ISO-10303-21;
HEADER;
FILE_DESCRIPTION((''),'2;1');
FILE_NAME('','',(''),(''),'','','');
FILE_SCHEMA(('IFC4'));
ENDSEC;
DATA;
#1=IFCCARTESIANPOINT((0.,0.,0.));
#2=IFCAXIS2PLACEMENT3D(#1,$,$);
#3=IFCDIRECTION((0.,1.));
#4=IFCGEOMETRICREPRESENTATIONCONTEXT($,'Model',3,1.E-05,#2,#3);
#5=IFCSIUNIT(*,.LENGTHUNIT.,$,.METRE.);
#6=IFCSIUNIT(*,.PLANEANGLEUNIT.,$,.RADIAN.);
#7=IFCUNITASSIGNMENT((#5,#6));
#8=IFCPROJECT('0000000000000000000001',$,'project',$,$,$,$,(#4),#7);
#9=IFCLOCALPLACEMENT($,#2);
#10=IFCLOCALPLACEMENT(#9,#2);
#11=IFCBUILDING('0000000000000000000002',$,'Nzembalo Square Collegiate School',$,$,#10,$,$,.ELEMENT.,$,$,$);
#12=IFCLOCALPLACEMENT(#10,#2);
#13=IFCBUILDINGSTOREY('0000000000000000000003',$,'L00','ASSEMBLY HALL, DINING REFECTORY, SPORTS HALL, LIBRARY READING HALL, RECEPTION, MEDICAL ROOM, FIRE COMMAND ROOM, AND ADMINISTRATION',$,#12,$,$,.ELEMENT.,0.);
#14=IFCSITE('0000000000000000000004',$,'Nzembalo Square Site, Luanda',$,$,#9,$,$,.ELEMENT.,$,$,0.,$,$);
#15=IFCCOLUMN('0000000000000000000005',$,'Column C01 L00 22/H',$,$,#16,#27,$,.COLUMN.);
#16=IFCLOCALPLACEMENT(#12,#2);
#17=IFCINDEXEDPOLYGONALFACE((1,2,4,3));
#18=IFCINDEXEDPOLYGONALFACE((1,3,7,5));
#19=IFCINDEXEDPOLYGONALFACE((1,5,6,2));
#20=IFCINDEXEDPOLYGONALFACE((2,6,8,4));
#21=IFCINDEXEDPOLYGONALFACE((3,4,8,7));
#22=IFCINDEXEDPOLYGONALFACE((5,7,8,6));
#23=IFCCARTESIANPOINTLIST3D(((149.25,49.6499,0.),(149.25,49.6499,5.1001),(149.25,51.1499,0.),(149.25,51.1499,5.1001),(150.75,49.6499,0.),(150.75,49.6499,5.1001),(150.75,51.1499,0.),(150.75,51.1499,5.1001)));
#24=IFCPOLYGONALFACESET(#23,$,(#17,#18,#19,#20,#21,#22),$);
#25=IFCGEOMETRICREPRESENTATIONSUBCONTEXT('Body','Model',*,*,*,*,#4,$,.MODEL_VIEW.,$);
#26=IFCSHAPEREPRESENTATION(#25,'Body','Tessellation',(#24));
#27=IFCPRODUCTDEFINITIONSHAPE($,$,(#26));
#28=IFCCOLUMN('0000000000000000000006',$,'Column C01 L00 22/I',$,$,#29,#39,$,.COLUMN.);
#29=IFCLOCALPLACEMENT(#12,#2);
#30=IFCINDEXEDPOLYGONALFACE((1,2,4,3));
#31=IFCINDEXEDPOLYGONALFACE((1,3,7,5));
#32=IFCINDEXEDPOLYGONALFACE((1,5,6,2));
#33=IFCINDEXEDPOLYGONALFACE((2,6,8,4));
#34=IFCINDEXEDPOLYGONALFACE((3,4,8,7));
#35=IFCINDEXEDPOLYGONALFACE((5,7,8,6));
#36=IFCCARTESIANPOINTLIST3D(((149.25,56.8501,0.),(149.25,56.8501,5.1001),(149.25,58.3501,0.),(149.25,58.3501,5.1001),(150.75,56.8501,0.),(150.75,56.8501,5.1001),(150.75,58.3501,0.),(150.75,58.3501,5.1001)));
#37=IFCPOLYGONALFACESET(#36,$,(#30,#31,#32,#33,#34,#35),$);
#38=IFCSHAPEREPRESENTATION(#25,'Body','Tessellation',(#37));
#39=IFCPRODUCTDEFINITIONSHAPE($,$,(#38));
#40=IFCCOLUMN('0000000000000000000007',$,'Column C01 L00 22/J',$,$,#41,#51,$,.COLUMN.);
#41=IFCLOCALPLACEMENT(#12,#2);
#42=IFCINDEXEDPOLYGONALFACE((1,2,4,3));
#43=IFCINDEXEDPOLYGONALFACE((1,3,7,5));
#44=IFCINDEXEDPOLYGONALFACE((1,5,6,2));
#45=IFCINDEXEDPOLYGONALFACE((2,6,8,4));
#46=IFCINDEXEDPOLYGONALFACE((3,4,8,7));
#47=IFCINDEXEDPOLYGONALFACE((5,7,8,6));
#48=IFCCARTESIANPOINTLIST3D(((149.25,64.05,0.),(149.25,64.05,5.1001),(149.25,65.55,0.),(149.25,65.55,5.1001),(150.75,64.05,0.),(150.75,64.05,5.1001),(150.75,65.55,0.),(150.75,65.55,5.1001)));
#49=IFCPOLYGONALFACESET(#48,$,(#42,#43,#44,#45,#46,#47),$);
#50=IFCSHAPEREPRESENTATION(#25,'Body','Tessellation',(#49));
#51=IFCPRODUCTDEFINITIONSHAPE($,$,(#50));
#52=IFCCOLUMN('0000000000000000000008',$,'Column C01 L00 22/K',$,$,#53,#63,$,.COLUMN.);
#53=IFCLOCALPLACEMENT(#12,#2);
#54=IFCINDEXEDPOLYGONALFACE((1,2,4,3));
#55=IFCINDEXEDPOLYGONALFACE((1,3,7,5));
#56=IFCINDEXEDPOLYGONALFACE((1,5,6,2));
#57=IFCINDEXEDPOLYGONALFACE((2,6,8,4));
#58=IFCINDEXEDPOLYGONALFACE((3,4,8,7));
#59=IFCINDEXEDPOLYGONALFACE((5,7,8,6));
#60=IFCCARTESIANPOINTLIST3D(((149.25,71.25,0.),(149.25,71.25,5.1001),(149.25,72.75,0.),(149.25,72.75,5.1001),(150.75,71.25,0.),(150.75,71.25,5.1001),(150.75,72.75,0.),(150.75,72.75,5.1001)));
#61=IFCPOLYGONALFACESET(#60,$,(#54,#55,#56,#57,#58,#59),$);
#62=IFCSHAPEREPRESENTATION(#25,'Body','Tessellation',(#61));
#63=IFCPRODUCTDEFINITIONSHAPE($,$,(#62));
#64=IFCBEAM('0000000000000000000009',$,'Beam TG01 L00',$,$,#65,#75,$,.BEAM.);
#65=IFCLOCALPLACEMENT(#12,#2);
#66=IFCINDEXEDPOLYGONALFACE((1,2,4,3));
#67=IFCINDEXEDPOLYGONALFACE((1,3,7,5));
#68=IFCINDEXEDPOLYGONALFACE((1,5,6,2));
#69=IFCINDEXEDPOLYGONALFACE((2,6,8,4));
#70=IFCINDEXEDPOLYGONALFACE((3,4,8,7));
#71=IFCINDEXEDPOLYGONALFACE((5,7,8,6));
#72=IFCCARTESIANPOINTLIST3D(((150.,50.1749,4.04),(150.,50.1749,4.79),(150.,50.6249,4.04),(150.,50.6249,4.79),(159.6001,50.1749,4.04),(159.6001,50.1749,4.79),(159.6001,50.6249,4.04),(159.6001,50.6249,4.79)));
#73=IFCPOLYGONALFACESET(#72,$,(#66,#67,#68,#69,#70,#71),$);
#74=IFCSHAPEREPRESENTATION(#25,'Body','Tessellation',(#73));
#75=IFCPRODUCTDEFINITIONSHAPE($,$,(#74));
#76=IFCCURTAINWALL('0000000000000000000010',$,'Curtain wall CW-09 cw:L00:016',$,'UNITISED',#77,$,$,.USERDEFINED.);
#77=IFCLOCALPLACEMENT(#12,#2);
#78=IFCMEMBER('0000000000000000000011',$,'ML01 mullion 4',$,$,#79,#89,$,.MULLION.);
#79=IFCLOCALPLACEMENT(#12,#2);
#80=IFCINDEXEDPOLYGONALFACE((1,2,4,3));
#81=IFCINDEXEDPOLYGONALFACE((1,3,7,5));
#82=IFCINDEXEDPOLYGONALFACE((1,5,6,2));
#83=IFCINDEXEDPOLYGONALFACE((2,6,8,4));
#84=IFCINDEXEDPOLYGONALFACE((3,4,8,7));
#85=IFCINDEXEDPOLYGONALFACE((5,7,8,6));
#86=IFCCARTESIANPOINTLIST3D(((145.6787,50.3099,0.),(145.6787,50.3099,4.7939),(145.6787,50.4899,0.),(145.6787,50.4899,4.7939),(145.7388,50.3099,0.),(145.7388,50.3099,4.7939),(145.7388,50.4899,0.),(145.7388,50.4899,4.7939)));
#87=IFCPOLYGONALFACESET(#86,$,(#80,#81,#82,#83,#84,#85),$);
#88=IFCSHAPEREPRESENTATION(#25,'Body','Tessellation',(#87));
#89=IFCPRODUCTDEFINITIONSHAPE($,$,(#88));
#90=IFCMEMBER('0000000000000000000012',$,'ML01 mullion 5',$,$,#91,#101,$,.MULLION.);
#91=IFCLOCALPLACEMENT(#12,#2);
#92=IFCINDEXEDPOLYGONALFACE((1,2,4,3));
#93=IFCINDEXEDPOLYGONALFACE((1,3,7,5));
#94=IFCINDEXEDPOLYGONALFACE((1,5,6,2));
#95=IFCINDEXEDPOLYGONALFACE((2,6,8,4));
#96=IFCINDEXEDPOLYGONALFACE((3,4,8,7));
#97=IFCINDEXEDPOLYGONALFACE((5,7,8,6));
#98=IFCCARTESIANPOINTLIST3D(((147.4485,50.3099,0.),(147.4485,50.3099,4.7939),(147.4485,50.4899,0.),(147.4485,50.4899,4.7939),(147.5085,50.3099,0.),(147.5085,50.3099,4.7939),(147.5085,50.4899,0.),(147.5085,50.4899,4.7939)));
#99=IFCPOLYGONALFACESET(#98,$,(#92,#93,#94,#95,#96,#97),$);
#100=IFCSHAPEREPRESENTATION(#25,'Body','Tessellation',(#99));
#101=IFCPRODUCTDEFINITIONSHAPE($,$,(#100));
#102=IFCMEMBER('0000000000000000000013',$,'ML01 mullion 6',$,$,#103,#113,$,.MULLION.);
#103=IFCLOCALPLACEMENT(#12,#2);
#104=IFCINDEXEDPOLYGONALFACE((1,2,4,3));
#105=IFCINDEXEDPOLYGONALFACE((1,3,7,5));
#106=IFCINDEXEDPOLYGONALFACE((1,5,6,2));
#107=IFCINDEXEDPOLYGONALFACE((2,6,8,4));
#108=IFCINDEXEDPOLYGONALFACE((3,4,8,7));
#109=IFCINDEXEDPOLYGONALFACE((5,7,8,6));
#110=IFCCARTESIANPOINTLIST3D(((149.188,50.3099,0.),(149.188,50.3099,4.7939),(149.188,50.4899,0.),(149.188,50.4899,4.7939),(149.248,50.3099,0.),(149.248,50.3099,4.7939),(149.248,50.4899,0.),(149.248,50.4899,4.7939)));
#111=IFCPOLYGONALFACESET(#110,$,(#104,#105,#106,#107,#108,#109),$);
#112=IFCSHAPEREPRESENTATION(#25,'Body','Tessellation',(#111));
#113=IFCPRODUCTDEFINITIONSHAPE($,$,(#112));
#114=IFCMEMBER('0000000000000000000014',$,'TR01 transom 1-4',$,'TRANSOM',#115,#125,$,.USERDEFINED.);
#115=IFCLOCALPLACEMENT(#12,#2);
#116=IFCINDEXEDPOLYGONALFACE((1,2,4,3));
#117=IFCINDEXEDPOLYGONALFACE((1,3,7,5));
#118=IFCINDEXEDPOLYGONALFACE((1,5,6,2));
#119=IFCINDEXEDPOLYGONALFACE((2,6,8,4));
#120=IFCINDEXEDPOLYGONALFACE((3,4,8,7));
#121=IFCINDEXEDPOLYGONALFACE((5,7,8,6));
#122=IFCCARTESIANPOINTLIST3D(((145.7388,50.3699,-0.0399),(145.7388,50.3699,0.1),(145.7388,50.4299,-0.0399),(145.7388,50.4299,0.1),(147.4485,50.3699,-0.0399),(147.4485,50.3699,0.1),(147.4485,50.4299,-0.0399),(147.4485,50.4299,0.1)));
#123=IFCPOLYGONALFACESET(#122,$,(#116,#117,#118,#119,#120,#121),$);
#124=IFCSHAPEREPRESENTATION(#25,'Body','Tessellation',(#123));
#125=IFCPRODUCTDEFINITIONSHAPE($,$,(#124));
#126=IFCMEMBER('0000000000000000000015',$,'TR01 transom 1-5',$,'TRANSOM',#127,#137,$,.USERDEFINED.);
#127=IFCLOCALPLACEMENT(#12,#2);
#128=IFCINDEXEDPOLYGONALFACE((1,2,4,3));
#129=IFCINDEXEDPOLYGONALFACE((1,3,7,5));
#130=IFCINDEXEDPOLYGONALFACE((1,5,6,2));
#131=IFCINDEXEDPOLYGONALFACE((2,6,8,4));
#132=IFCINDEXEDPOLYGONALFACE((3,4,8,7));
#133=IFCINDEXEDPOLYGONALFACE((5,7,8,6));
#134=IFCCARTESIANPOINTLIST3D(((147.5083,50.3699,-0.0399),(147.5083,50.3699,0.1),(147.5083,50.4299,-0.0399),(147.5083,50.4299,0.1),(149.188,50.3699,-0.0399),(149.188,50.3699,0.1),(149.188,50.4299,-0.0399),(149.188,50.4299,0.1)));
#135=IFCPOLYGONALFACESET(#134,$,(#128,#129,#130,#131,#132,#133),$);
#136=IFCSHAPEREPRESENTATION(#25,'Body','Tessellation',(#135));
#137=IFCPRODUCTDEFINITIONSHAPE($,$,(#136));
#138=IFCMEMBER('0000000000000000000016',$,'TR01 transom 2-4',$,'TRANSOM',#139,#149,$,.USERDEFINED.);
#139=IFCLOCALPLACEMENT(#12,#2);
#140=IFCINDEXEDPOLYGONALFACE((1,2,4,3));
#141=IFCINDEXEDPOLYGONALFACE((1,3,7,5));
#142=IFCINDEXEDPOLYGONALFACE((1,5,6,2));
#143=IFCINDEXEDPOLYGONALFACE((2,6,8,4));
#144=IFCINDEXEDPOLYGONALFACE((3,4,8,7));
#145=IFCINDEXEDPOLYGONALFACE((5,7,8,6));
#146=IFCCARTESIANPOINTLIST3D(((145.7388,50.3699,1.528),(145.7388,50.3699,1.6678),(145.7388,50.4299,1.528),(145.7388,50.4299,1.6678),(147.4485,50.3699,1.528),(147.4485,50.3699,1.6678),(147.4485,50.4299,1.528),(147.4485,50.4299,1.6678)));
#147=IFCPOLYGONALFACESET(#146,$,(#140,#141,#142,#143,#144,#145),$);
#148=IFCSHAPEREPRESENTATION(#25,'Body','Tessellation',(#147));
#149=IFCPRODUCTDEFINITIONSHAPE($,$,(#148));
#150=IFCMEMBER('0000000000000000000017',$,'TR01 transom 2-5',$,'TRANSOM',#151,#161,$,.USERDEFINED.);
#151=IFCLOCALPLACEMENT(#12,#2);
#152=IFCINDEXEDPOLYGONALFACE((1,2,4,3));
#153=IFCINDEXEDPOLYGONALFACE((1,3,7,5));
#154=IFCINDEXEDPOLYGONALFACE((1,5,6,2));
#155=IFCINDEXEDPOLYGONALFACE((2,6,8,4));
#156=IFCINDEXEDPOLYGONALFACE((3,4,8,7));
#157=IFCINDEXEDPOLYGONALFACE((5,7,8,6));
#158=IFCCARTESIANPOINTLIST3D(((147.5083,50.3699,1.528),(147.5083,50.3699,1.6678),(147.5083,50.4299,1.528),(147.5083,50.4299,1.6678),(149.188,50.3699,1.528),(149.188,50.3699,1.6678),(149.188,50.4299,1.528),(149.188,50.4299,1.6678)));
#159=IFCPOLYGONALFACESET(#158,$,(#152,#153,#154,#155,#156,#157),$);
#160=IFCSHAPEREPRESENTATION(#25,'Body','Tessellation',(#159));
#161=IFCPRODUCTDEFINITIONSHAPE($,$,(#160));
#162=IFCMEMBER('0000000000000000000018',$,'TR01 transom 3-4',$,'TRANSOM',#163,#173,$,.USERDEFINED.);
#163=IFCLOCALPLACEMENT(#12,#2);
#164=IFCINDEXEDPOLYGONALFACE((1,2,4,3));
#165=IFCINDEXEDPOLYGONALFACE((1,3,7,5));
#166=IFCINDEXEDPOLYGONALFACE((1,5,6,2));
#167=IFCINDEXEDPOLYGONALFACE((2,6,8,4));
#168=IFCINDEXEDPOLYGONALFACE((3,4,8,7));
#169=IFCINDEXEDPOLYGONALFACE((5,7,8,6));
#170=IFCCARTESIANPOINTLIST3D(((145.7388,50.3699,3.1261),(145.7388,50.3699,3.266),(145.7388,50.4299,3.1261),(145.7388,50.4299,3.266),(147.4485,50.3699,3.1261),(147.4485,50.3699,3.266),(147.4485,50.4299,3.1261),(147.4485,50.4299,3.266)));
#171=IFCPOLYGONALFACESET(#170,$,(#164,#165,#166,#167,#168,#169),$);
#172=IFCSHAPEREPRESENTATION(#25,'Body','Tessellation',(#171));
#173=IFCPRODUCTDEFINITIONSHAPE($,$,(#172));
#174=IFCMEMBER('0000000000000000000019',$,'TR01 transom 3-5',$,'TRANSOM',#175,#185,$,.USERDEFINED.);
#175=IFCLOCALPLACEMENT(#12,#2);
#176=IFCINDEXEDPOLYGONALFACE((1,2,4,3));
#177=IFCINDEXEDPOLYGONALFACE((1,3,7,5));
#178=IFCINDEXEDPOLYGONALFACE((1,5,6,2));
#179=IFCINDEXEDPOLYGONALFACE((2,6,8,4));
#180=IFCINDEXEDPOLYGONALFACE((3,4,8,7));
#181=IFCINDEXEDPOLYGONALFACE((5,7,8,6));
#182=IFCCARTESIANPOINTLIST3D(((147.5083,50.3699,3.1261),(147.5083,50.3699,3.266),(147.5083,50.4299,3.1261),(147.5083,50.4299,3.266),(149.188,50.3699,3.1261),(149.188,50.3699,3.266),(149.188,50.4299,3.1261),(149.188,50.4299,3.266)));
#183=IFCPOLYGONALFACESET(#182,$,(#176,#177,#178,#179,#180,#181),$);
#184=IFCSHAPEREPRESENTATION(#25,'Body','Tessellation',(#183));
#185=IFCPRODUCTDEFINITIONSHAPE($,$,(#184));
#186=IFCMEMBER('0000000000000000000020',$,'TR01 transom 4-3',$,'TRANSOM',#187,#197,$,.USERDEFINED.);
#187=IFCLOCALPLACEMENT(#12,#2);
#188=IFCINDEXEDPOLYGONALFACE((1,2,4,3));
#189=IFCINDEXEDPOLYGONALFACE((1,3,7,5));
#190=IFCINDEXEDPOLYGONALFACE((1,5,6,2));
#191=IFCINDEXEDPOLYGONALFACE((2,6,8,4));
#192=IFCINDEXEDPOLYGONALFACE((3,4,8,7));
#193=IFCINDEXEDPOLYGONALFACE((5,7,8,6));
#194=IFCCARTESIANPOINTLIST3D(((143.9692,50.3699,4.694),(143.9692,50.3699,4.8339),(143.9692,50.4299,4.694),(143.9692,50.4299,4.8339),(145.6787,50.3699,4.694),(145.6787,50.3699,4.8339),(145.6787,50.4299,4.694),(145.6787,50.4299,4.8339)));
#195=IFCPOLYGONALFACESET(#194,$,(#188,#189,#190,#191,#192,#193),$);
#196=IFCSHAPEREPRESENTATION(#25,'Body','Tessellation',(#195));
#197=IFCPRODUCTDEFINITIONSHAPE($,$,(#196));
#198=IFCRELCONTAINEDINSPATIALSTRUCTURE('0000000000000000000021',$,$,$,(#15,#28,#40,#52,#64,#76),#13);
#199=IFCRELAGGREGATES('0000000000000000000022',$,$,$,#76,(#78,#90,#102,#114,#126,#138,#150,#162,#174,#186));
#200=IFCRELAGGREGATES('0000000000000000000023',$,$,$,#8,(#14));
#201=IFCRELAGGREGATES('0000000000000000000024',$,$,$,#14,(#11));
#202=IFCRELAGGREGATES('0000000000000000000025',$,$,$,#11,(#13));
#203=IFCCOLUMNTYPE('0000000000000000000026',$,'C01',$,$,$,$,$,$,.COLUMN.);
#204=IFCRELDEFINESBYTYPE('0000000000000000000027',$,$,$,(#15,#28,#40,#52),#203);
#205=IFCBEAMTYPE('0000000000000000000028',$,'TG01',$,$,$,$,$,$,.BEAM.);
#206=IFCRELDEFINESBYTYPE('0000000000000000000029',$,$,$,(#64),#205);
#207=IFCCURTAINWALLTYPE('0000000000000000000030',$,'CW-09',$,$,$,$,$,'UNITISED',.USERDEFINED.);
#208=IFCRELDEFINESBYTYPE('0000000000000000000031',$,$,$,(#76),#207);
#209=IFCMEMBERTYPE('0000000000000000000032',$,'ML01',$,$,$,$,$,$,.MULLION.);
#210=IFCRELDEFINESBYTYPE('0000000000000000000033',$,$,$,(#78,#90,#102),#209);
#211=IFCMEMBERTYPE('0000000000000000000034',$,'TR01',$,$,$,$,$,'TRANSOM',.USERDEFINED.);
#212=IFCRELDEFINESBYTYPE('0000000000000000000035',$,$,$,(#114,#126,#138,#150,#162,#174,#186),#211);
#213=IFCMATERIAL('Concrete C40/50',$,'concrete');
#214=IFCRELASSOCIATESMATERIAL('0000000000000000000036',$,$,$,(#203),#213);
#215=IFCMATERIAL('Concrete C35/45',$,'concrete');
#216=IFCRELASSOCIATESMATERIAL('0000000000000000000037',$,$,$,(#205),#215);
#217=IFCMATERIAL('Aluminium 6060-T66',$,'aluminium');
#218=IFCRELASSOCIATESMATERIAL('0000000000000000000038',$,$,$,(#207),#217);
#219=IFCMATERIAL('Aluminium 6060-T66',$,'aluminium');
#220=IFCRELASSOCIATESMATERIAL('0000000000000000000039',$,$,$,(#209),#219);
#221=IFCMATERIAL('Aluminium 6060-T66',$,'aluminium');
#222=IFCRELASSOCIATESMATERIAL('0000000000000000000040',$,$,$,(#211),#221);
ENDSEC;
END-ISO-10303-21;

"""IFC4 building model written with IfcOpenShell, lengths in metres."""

from ifc_helpers import new_model, si_unit, direction, frame, origin, origin_2d, place, context, subcontext, project, spatial, rectangle, extrude, material, material_profile, profile_set, type_object, element, aggregate, save


model = new_model("IFC4")

# Units and contexts
model_context = context("Model", 3, precision=1e-05, world=origin(), true_north=direction((0.0, 1.0)))
body_context = subcontext(model_context, "Body", "Model", "MODEL_VIEW")
ifc_project = project(units=[si_unit("LENGTHUNIT", "METRE"), si_unit("PLANEANGLEUNIT", "RADIAN")], contexts=[model_context])

# Site, building, storey
site_placement = place(None, origin())
site = spatial("IfcSite", under=ifc_project, at=site_placement, Name="Nzembalo Square Site, Luanda", CompositionType="ELEMENT", RefElevation=0.0)
building_placement = place(site_placement, origin())
building = spatial("IfcBuilding", under=site, at=building_placement, Name="Nzembalo Square Collegiate School", CompositionType="ELEMENT")
storey_placement = place(building_placement, origin())
storey = spatial("IfcBuildingStorey", under=building, at=storey_placement, Name="L00", Description="ASSEMBLY HALL, DINING REFECTORY, SPORTS HALL, LIBRARY READING HALL, RECEPTION, MEDICAL ROOM, FIRE COMMAND ROOM, AND ADMINISTRATION", CompositionType="ELEMENT", Elevation=0.0)

# Columns
ifc_material_1 = material(Name="Concrete C40/50", Category="concrete")
ifc_material_profile_1 = material_profile(ifc_material_1, rectangle(XDim=1.5, YDim=1.5, at=origin_2d()), Name="RC 1500x1500")
ifc_profile_set_1 = profile_set([ifc_material_profile_1], Name="Concrete C40/50")
column_type = type_object("IfcColumnType", Name="C01", PredefinedType="COLUMN", material=ifc_profile_set_1)
for number, where, z_axis, x_axis, name in (
    (1, (150.0, 50.3999, 0.0), (0.0, 0.0, 1.0), (1.0, 0.0, 0.0), "Column C01 L00 22/H"),
    (2, (150.0, 57.6001, 0.0), (0.0, 0.0, 1.0), (1.0, 0.0, 0.0), "Column C01 L00 22/I"),
    (3, (150.0, 64.8, 0.0), (0.0, 0.0, 1.0), (1.0, 0.0, 0.0), "Column C01 L00 22/J"),
    (4, (150.0, 72.0, 0.0), (0.0, 0.0, 1.0), (1.0, 0.0, 0.0), "Column C01 L00 22/K"),
):
    element("IfcColumn", number, at=place(storey_placement, frame(where, z_axis=z_axis, x_axis=x_axis)), inside=storey, type_object=column_type, Name=name, PredefinedType="COLUMN", context=body_context, shape_type="SweptSolid", body=[
        extrude(rectangle(XDim=1.5, YDim=1.5, at=origin_2d()), origin(), (0.0, 0.0, 1.0), 5.1001),
    ])

# Beam
ifc_material_2 = material(Name="Concrete C35/45", Category="concrete")
ifc_material_profile_2 = material_profile(ifc_material_2, rectangle(XDim=0.45, YDim=0.75, at=origin_2d()), Name="RC 450x750")
ifc_profile_set_2 = profile_set([ifc_material_profile_2], Name="Concrete C35/45")
beam_type = type_object("IfcBeamType", Name="TG01", PredefinedType="BEAM", material=ifc_profile_set_2)
beam_placement = place(storey_placement, frame((150.0, 50.3999, 4.415), z_axis=(1.0, 0.0, 0.0), x_axis=(0.0, 1.0, 0.0)))
element("IfcBeam", 5, at=beam_placement, inside=storey, type_object=beam_type, Name="Beam TG01 L00", PredefinedType="BEAM", context=body_context, shape_type="SweptSolid", body=[
    extrude(rectangle(XDim=0.45, YDim=0.75, at=origin_2d()), origin(), (0.0, 0.0, 1.0), 9.6001),
])

# Curtain wall, members
ifc_material_3 = material(Name="Aluminium 6060-T66", Category="aluminium")
curtain_wall_type = type_object("IfcCurtainWallType", Name="CW-09", ElementType="UNITISED", PredefinedType="USERDEFINED", material=ifc_material_3)
curtain_wall_placement = place(storey_placement, origin())
curtain_wall = element("IfcCurtainWall", 6, at=curtain_wall_placement, inside=storey, type_object=curtain_wall_type, Name="Curtain wall CW-09 cw:L00:016", ObjectType="UNITISED", PredefinedType="USERDEFINED")
ifc_material_4 = material(Name="Aluminium 6060-T66", Category="aluminium")
ifc_material_profile_3 = material_profile(ifc_material_4, rectangle(XDim=0.0601, YDim=0.1799, at=origin_2d()), Name="ALU M60x180")
ifc_profile_set_3 = profile_set([ifc_material_profile_3], Name="Aluminium 6060-T66")
member_type_1 = type_object("IfcMemberType", Name="ML01", PredefinedType="MULLION", material=ifc_profile_set_3)
member_1_placement = place(storey_placement, frame((145.7087, 50.3999, 0.0), z_axis=(0.0, 0.0, 1.0), x_axis=(1.0, 0.0, 0.0)))
member_1 = element("IfcMember", 7, at=member_1_placement, type_object=member_type_1, Name="ML01 mullion 4", PredefinedType="MULLION", context=body_context, shape_type="SweptSolid", body=[
    extrude(rectangle(XDim=0.0601, YDim=0.1799, at=origin_2d()), origin(), (0.0, 0.0, 1.0), 4.7939),
])
member_2_placement = place(storey_placement, frame((147.4785, 50.3999, 0.0), z_axis=(0.0, 0.0, 1.0), x_axis=(1.0, 0.0, 0.0)))
member_2 = element("IfcMember", 8, at=member_2_placement, type_object=member_type_1, Name="ML01 mullion 5", PredefinedType="MULLION", context=body_context, shape_type="SweptSolid", body=[
    extrude(rectangle(XDim=0.0601, YDim=0.1799, at=origin_2d()), origin(), (0.0, 0.0, 1.0), 4.7939),
])
member_3_placement = place(storey_placement, frame((149.218, 50.3999, 0.0), z_axis=(0.0, 0.0, 1.0), x_axis=(1.0, 0.0, 0.0)))
member_3 = element("IfcMember", 9, at=member_3_placement, type_object=member_type_1, Name="ML01 mullion 6", PredefinedType="MULLION", context=body_context, shape_type="SweptSolid", body=[
    extrude(rectangle(XDim=0.0601, YDim=0.1799, at=origin_2d()), origin(), (0.0, 0.0, 1.0), 4.7939),
])
ifc_material_5 = material(Name="Aluminium 6060-T66", Category="aluminium")
ifc_material_profile_4 = material_profile(ifc_material_5, rectangle(XDim=0.0601, YDim=0.1399, at=origin_2d()), Name="ALU T60x140")
ifc_profile_set_4 = profile_set([ifc_material_profile_4], Name="Aluminium 6060-T66")
member_type_2 = type_object("IfcMemberType", Name="TR01", ElementType="TRANSOM", PredefinedType="USERDEFINED", material=ifc_profile_set_4)
member_4_placement = place(storey_placement, frame((145.7388, 50.3999, 0.03), z_axis=(1.0, 0.0, 0.0), x_axis=(0.0, 1.0, 0.0)))
member_4 = element("IfcMember", 10, at=member_4_placement, type_object=member_type_2, Name="TR01 transom 1-4", ObjectType="TRANSOM", PredefinedType="USERDEFINED", context=body_context, shape_type="SweptSolid", body=[
    extrude(rectangle(XDim=0.0601, YDim=0.1399, at=origin_2d()), origin(), (0.0, 0.0, 1.0), 1.7097),
])
member_5_placement = place(storey_placement, frame((147.5083, 50.3999, 0.03), z_axis=(1.0, 0.0, 0.0), x_axis=(0.0, 1.0, 0.0)))
member_5 = element("IfcMember", 11, at=member_5_placement, type_object=member_type_2, Name="TR01 transom 1-5", ObjectType="TRANSOM", PredefinedType="USERDEFINED", context=body_context, shape_type="SweptSolid", body=[
    extrude(rectangle(XDim=0.0601, YDim=0.1399, at=origin_2d()), origin(), (0.0, 0.0, 1.0), 1.6797),
])
member_6_placement = place(storey_placement, frame((145.7388, 50.3999, 1.5979), z_axis=(1.0, 0.0, 0.0), x_axis=(0.0, 1.0, 0.0)))
member_6 = element("IfcMember", 12, at=member_6_placement, type_object=member_type_2, Name="TR01 transom 2-4", ObjectType="TRANSOM", PredefinedType="USERDEFINED", context=body_context, shape_type="SweptSolid", body=[
    extrude(rectangle(XDim=0.0601, YDim=0.1399, at=origin_2d()), origin(), (0.0, 0.0, 1.0), 1.7097),
])
member_7_placement = place(storey_placement, frame((147.5083, 50.3999, 1.5979), z_axis=(1.0, 0.0, 0.0), x_axis=(0.0, 1.0, 0.0)))
member_7 = element("IfcMember", 13, at=member_7_placement, type_object=member_type_2, Name="TR01 transom 2-5", ObjectType="TRANSOM", PredefinedType="USERDEFINED", context=body_context, shape_type="SweptSolid", body=[
    extrude(rectangle(XDim=0.0601, YDim=0.1399, at=origin_2d()), origin(), (0.0, 0.0, 1.0), 1.6797),
])
member_8_placement = place(storey_placement, frame((145.7388, 50.3999, 3.196), z_axis=(1.0, 0.0, 0.0), x_axis=(0.0, 1.0, 0.0)))
member_8 = element("IfcMember", 14, at=member_8_placement, type_object=member_type_2, Name="TR01 transom 3-4", ObjectType="TRANSOM", PredefinedType="USERDEFINED", context=body_context, shape_type="SweptSolid", body=[
    extrude(rectangle(XDim=0.0601, YDim=0.1399, at=origin_2d()), origin(), (0.0, 0.0, 1.0), 1.7097),
])
member_9_placement = place(storey_placement, frame((147.5083, 50.3999, 3.196), z_axis=(1.0, 0.0, 0.0), x_axis=(0.0, 1.0, 0.0)))
member_9 = element("IfcMember", 15, at=member_9_placement, type_object=member_type_2, Name="TR01 transom 3-5", ObjectType="TRANSOM", PredefinedType="USERDEFINED", context=body_context, shape_type="SweptSolid", body=[
    extrude(rectangle(XDim=0.0601, YDim=0.1399, at=origin_2d()), origin(), (0.0, 0.0, 1.0), 1.6797),
])
member_10_placement = place(storey_placement, frame((143.9692, 50.3999, 4.7639), z_axis=(1.0, 0.0, 0.0), x_axis=(0.0, 1.0, 0.0)))
member_10 = element("IfcMember", 16, at=member_10_placement, type_object=member_type_2, Name="TR01 transom 4-3", ObjectType="TRANSOM", PredefinedType="USERDEFINED", context=body_context, shape_type="SweptSolid", body=[
    extrude(rectangle(XDim=0.0601, YDim=0.1399, at=origin_2d()), origin(), (0.0, 0.0, 1.0), 1.7095),
])
aggregate(curtain_wall, [member_1, member_2, member_3, member_4, member_5, member_6, member_7, member_8, member_9, member_10])

save(model, "model.ifc")
